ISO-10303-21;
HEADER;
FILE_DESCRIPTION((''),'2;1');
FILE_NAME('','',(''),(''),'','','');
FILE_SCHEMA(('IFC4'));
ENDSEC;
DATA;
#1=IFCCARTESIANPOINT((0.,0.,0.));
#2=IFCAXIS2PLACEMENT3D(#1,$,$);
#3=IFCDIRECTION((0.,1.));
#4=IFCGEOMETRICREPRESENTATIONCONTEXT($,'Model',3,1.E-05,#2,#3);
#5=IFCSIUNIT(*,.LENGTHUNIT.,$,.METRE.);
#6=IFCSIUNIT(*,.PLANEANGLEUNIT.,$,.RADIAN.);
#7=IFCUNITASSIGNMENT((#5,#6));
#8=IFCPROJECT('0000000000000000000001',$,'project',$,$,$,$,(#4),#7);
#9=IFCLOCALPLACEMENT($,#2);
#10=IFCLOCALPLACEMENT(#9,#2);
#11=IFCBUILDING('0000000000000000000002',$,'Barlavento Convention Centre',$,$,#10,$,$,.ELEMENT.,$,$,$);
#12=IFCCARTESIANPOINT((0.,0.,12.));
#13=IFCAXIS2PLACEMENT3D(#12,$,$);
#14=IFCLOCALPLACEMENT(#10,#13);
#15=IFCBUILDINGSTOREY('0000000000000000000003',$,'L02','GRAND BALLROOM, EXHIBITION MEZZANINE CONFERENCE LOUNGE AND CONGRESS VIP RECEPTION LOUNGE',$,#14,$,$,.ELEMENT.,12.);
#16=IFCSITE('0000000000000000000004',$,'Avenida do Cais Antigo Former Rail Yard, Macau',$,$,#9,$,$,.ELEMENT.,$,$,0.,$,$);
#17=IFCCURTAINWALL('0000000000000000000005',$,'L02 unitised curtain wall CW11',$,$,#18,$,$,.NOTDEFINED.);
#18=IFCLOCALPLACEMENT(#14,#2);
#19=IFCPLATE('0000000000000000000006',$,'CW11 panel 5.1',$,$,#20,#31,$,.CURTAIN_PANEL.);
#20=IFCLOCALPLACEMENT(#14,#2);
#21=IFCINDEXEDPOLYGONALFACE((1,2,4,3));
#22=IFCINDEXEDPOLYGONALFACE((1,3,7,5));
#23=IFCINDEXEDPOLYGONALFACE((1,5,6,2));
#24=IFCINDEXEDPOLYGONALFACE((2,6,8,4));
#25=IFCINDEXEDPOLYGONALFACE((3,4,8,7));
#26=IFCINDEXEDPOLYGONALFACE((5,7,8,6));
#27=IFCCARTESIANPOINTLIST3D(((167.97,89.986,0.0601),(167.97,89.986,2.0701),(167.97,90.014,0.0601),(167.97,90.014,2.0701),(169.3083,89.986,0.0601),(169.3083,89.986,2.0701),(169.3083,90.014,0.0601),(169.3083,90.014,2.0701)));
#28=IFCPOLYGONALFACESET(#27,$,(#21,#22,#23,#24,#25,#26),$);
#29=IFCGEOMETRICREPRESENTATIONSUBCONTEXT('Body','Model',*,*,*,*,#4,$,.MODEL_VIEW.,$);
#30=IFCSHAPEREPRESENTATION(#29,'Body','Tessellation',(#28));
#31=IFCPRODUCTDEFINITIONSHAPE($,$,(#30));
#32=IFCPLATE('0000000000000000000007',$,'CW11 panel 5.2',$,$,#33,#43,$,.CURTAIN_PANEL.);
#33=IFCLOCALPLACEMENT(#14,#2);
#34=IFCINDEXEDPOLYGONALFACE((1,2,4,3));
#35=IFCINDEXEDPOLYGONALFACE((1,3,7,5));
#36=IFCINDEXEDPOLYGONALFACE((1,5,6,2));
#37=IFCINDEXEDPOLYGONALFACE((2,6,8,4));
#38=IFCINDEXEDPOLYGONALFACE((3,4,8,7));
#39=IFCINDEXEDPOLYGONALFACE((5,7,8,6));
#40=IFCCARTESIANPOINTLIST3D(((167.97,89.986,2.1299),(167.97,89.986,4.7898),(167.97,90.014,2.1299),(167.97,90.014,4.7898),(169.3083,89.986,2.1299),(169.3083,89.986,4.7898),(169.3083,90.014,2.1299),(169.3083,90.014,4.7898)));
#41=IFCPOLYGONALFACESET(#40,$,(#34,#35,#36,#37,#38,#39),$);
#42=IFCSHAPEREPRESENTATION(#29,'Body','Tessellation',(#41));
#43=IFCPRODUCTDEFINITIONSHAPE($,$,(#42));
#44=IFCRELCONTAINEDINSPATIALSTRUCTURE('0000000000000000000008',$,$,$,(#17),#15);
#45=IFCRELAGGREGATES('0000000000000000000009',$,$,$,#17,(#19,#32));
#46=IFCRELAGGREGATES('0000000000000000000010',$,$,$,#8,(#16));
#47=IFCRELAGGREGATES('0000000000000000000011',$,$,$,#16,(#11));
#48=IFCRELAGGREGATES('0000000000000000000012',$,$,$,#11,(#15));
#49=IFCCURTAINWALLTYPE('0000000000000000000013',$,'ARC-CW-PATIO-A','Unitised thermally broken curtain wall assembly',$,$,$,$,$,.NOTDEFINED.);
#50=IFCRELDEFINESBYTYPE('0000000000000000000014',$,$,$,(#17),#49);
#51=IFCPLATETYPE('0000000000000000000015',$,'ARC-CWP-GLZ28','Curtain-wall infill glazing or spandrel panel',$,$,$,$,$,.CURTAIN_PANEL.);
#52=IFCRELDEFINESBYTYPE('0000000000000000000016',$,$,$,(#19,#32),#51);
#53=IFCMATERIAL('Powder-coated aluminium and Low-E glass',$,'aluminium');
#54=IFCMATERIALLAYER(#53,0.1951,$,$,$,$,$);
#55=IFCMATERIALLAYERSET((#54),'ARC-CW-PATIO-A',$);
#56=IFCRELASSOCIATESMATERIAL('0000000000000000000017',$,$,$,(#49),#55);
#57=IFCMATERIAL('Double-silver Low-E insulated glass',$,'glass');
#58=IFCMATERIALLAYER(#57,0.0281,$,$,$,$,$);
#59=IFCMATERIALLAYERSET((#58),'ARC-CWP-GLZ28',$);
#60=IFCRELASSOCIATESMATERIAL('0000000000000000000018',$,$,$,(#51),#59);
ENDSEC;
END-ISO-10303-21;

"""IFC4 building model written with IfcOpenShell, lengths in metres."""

from ifc_helpers import new_model, si_unit, direction, frame, origin, origin_2d, place, context, subcontext, project, spatial, rectangle, extrude, material, layer, layer_set, type_object, element, aggregate, save


model = new_model("IFC4")

# Units and contexts
model_context = context("Model", 3, precision=1e-05, world=origin(), true_north=direction((0.0, 1.0)))
body_context = subcontext(model_context, "Body", "Model", "MODEL_VIEW")
ifc_project = project(units=[si_unit("LENGTHUNIT", "METRE"), si_unit("PLANEANGLEUNIT", "RADIAN")], contexts=[model_context])

# Site, building, storey
site_placement = place(None, origin())
site = spatial("IfcSite", under=ifc_project, at=site_placement, Name="Avenida do Cais Antigo Former Rail Yard, Macau", CompositionType="ELEMENT", RefElevation=0.0)
building_placement = place(site_placement, origin())
building = spatial("IfcBuilding", under=site, at=building_placement, Name="Barlavento Convention Centre", CompositionType="ELEMENT")
storey_placement = place(building_placement, frame((0.0, 0.0, 12.0)))
storey = spatial("IfcBuildingStorey", under=building, at=storey_placement, Name="L02", Description="GRAND BALLROOM, EXHIBITION MEZZANINE CONFERENCE LOUNGE AND CONGRESS VIP RECEPTION LOUNGE", CompositionType="ELEMENT", Elevation=12.0)

# Shared definitions
ifc_material_1 = material(Name="Powder-coated aluminium and Low-E glass", Category="aluminium")
ifc_layer_1 = layer(ifc_material_1, 0.1951)
ifc_layer_set_1 = layer_set([ifc_layer_1], Name="ARC-CW-PATIO-A")
curtain_wall_type = type_object("IfcCurtainWallType", Name="ARC-CW-PATIO-A", Description="Unitised thermally broken curtain wall assembly", PredefinedType="NOTDEFINED", material=ifc_layer_set_1)

# Curtain wall
curtain_wall_1_placement = place(storey_placement, origin())
curtain_wall_1 = element("IfcCurtainWall", 1, at=curtain_wall_1_placement, inside=storey, type_object=curtain_wall_type, Name="L02 unitised curtain wall CW11", PredefinedType="NOTDEFINED")

# Plates
ifc_material_2 = material(Name="Double-silver Low-E insulated glass", Category="glass")
ifc_layer_2 = layer(ifc_material_2, 0.0281)
ifc_layer_set_2 = layer_set([ifc_layer_2], Name="ARC-CWP-GLZ28")
plate_type = type_object("IfcPlateType", Name="ARC-CWP-GLZ28", Description="Curtain-wall infill glazing or spandrel panel", PredefinedType="CURTAIN_PANEL", material=ifc_layer_set_2)
plate_1_placement = place(storey_placement, frame((168.6392, 90.0, 0.0601), z_axis=(0.0, 0.0, 1.0), x_axis=(1.0, 0.0, 0.0)))
plate_1 = element("IfcPlate", 2, at=plate_1_placement, type_object=plate_type, Name="CW11 panel 5.1", PredefinedType="CURTAIN_PANEL", context=body_context, shape_type="SweptSolid", body=[
    extrude(rectangle(XDim=1.3384, YDim=0.0281, at=origin_2d()), origin(), (0.0, 0.0, 1.0), 2.01),
])
plate_2_placement = place(storey_placement, frame((168.6392, 90.0, 2.1299), z_axis=(0.0, 0.0, 1.0), x_axis=(1.0, 0.0, 0.0)))
plate_2 = element("IfcPlate", 3, at=plate_2_placement, type_object=plate_type, Name="CW11 panel 5.2", PredefinedType="CURTAIN_PANEL", context=body_context, shape_type="SweptSolid", body=[
    extrude(rectangle(XDim=1.3384, YDim=0.0281, at=origin_2d()), origin(), (0.0, 0.0, 1.0), 2.6599),
])
aggregate(curtain_wall_1, [plate_1, plate_2])

save(model, "model.ifc")
